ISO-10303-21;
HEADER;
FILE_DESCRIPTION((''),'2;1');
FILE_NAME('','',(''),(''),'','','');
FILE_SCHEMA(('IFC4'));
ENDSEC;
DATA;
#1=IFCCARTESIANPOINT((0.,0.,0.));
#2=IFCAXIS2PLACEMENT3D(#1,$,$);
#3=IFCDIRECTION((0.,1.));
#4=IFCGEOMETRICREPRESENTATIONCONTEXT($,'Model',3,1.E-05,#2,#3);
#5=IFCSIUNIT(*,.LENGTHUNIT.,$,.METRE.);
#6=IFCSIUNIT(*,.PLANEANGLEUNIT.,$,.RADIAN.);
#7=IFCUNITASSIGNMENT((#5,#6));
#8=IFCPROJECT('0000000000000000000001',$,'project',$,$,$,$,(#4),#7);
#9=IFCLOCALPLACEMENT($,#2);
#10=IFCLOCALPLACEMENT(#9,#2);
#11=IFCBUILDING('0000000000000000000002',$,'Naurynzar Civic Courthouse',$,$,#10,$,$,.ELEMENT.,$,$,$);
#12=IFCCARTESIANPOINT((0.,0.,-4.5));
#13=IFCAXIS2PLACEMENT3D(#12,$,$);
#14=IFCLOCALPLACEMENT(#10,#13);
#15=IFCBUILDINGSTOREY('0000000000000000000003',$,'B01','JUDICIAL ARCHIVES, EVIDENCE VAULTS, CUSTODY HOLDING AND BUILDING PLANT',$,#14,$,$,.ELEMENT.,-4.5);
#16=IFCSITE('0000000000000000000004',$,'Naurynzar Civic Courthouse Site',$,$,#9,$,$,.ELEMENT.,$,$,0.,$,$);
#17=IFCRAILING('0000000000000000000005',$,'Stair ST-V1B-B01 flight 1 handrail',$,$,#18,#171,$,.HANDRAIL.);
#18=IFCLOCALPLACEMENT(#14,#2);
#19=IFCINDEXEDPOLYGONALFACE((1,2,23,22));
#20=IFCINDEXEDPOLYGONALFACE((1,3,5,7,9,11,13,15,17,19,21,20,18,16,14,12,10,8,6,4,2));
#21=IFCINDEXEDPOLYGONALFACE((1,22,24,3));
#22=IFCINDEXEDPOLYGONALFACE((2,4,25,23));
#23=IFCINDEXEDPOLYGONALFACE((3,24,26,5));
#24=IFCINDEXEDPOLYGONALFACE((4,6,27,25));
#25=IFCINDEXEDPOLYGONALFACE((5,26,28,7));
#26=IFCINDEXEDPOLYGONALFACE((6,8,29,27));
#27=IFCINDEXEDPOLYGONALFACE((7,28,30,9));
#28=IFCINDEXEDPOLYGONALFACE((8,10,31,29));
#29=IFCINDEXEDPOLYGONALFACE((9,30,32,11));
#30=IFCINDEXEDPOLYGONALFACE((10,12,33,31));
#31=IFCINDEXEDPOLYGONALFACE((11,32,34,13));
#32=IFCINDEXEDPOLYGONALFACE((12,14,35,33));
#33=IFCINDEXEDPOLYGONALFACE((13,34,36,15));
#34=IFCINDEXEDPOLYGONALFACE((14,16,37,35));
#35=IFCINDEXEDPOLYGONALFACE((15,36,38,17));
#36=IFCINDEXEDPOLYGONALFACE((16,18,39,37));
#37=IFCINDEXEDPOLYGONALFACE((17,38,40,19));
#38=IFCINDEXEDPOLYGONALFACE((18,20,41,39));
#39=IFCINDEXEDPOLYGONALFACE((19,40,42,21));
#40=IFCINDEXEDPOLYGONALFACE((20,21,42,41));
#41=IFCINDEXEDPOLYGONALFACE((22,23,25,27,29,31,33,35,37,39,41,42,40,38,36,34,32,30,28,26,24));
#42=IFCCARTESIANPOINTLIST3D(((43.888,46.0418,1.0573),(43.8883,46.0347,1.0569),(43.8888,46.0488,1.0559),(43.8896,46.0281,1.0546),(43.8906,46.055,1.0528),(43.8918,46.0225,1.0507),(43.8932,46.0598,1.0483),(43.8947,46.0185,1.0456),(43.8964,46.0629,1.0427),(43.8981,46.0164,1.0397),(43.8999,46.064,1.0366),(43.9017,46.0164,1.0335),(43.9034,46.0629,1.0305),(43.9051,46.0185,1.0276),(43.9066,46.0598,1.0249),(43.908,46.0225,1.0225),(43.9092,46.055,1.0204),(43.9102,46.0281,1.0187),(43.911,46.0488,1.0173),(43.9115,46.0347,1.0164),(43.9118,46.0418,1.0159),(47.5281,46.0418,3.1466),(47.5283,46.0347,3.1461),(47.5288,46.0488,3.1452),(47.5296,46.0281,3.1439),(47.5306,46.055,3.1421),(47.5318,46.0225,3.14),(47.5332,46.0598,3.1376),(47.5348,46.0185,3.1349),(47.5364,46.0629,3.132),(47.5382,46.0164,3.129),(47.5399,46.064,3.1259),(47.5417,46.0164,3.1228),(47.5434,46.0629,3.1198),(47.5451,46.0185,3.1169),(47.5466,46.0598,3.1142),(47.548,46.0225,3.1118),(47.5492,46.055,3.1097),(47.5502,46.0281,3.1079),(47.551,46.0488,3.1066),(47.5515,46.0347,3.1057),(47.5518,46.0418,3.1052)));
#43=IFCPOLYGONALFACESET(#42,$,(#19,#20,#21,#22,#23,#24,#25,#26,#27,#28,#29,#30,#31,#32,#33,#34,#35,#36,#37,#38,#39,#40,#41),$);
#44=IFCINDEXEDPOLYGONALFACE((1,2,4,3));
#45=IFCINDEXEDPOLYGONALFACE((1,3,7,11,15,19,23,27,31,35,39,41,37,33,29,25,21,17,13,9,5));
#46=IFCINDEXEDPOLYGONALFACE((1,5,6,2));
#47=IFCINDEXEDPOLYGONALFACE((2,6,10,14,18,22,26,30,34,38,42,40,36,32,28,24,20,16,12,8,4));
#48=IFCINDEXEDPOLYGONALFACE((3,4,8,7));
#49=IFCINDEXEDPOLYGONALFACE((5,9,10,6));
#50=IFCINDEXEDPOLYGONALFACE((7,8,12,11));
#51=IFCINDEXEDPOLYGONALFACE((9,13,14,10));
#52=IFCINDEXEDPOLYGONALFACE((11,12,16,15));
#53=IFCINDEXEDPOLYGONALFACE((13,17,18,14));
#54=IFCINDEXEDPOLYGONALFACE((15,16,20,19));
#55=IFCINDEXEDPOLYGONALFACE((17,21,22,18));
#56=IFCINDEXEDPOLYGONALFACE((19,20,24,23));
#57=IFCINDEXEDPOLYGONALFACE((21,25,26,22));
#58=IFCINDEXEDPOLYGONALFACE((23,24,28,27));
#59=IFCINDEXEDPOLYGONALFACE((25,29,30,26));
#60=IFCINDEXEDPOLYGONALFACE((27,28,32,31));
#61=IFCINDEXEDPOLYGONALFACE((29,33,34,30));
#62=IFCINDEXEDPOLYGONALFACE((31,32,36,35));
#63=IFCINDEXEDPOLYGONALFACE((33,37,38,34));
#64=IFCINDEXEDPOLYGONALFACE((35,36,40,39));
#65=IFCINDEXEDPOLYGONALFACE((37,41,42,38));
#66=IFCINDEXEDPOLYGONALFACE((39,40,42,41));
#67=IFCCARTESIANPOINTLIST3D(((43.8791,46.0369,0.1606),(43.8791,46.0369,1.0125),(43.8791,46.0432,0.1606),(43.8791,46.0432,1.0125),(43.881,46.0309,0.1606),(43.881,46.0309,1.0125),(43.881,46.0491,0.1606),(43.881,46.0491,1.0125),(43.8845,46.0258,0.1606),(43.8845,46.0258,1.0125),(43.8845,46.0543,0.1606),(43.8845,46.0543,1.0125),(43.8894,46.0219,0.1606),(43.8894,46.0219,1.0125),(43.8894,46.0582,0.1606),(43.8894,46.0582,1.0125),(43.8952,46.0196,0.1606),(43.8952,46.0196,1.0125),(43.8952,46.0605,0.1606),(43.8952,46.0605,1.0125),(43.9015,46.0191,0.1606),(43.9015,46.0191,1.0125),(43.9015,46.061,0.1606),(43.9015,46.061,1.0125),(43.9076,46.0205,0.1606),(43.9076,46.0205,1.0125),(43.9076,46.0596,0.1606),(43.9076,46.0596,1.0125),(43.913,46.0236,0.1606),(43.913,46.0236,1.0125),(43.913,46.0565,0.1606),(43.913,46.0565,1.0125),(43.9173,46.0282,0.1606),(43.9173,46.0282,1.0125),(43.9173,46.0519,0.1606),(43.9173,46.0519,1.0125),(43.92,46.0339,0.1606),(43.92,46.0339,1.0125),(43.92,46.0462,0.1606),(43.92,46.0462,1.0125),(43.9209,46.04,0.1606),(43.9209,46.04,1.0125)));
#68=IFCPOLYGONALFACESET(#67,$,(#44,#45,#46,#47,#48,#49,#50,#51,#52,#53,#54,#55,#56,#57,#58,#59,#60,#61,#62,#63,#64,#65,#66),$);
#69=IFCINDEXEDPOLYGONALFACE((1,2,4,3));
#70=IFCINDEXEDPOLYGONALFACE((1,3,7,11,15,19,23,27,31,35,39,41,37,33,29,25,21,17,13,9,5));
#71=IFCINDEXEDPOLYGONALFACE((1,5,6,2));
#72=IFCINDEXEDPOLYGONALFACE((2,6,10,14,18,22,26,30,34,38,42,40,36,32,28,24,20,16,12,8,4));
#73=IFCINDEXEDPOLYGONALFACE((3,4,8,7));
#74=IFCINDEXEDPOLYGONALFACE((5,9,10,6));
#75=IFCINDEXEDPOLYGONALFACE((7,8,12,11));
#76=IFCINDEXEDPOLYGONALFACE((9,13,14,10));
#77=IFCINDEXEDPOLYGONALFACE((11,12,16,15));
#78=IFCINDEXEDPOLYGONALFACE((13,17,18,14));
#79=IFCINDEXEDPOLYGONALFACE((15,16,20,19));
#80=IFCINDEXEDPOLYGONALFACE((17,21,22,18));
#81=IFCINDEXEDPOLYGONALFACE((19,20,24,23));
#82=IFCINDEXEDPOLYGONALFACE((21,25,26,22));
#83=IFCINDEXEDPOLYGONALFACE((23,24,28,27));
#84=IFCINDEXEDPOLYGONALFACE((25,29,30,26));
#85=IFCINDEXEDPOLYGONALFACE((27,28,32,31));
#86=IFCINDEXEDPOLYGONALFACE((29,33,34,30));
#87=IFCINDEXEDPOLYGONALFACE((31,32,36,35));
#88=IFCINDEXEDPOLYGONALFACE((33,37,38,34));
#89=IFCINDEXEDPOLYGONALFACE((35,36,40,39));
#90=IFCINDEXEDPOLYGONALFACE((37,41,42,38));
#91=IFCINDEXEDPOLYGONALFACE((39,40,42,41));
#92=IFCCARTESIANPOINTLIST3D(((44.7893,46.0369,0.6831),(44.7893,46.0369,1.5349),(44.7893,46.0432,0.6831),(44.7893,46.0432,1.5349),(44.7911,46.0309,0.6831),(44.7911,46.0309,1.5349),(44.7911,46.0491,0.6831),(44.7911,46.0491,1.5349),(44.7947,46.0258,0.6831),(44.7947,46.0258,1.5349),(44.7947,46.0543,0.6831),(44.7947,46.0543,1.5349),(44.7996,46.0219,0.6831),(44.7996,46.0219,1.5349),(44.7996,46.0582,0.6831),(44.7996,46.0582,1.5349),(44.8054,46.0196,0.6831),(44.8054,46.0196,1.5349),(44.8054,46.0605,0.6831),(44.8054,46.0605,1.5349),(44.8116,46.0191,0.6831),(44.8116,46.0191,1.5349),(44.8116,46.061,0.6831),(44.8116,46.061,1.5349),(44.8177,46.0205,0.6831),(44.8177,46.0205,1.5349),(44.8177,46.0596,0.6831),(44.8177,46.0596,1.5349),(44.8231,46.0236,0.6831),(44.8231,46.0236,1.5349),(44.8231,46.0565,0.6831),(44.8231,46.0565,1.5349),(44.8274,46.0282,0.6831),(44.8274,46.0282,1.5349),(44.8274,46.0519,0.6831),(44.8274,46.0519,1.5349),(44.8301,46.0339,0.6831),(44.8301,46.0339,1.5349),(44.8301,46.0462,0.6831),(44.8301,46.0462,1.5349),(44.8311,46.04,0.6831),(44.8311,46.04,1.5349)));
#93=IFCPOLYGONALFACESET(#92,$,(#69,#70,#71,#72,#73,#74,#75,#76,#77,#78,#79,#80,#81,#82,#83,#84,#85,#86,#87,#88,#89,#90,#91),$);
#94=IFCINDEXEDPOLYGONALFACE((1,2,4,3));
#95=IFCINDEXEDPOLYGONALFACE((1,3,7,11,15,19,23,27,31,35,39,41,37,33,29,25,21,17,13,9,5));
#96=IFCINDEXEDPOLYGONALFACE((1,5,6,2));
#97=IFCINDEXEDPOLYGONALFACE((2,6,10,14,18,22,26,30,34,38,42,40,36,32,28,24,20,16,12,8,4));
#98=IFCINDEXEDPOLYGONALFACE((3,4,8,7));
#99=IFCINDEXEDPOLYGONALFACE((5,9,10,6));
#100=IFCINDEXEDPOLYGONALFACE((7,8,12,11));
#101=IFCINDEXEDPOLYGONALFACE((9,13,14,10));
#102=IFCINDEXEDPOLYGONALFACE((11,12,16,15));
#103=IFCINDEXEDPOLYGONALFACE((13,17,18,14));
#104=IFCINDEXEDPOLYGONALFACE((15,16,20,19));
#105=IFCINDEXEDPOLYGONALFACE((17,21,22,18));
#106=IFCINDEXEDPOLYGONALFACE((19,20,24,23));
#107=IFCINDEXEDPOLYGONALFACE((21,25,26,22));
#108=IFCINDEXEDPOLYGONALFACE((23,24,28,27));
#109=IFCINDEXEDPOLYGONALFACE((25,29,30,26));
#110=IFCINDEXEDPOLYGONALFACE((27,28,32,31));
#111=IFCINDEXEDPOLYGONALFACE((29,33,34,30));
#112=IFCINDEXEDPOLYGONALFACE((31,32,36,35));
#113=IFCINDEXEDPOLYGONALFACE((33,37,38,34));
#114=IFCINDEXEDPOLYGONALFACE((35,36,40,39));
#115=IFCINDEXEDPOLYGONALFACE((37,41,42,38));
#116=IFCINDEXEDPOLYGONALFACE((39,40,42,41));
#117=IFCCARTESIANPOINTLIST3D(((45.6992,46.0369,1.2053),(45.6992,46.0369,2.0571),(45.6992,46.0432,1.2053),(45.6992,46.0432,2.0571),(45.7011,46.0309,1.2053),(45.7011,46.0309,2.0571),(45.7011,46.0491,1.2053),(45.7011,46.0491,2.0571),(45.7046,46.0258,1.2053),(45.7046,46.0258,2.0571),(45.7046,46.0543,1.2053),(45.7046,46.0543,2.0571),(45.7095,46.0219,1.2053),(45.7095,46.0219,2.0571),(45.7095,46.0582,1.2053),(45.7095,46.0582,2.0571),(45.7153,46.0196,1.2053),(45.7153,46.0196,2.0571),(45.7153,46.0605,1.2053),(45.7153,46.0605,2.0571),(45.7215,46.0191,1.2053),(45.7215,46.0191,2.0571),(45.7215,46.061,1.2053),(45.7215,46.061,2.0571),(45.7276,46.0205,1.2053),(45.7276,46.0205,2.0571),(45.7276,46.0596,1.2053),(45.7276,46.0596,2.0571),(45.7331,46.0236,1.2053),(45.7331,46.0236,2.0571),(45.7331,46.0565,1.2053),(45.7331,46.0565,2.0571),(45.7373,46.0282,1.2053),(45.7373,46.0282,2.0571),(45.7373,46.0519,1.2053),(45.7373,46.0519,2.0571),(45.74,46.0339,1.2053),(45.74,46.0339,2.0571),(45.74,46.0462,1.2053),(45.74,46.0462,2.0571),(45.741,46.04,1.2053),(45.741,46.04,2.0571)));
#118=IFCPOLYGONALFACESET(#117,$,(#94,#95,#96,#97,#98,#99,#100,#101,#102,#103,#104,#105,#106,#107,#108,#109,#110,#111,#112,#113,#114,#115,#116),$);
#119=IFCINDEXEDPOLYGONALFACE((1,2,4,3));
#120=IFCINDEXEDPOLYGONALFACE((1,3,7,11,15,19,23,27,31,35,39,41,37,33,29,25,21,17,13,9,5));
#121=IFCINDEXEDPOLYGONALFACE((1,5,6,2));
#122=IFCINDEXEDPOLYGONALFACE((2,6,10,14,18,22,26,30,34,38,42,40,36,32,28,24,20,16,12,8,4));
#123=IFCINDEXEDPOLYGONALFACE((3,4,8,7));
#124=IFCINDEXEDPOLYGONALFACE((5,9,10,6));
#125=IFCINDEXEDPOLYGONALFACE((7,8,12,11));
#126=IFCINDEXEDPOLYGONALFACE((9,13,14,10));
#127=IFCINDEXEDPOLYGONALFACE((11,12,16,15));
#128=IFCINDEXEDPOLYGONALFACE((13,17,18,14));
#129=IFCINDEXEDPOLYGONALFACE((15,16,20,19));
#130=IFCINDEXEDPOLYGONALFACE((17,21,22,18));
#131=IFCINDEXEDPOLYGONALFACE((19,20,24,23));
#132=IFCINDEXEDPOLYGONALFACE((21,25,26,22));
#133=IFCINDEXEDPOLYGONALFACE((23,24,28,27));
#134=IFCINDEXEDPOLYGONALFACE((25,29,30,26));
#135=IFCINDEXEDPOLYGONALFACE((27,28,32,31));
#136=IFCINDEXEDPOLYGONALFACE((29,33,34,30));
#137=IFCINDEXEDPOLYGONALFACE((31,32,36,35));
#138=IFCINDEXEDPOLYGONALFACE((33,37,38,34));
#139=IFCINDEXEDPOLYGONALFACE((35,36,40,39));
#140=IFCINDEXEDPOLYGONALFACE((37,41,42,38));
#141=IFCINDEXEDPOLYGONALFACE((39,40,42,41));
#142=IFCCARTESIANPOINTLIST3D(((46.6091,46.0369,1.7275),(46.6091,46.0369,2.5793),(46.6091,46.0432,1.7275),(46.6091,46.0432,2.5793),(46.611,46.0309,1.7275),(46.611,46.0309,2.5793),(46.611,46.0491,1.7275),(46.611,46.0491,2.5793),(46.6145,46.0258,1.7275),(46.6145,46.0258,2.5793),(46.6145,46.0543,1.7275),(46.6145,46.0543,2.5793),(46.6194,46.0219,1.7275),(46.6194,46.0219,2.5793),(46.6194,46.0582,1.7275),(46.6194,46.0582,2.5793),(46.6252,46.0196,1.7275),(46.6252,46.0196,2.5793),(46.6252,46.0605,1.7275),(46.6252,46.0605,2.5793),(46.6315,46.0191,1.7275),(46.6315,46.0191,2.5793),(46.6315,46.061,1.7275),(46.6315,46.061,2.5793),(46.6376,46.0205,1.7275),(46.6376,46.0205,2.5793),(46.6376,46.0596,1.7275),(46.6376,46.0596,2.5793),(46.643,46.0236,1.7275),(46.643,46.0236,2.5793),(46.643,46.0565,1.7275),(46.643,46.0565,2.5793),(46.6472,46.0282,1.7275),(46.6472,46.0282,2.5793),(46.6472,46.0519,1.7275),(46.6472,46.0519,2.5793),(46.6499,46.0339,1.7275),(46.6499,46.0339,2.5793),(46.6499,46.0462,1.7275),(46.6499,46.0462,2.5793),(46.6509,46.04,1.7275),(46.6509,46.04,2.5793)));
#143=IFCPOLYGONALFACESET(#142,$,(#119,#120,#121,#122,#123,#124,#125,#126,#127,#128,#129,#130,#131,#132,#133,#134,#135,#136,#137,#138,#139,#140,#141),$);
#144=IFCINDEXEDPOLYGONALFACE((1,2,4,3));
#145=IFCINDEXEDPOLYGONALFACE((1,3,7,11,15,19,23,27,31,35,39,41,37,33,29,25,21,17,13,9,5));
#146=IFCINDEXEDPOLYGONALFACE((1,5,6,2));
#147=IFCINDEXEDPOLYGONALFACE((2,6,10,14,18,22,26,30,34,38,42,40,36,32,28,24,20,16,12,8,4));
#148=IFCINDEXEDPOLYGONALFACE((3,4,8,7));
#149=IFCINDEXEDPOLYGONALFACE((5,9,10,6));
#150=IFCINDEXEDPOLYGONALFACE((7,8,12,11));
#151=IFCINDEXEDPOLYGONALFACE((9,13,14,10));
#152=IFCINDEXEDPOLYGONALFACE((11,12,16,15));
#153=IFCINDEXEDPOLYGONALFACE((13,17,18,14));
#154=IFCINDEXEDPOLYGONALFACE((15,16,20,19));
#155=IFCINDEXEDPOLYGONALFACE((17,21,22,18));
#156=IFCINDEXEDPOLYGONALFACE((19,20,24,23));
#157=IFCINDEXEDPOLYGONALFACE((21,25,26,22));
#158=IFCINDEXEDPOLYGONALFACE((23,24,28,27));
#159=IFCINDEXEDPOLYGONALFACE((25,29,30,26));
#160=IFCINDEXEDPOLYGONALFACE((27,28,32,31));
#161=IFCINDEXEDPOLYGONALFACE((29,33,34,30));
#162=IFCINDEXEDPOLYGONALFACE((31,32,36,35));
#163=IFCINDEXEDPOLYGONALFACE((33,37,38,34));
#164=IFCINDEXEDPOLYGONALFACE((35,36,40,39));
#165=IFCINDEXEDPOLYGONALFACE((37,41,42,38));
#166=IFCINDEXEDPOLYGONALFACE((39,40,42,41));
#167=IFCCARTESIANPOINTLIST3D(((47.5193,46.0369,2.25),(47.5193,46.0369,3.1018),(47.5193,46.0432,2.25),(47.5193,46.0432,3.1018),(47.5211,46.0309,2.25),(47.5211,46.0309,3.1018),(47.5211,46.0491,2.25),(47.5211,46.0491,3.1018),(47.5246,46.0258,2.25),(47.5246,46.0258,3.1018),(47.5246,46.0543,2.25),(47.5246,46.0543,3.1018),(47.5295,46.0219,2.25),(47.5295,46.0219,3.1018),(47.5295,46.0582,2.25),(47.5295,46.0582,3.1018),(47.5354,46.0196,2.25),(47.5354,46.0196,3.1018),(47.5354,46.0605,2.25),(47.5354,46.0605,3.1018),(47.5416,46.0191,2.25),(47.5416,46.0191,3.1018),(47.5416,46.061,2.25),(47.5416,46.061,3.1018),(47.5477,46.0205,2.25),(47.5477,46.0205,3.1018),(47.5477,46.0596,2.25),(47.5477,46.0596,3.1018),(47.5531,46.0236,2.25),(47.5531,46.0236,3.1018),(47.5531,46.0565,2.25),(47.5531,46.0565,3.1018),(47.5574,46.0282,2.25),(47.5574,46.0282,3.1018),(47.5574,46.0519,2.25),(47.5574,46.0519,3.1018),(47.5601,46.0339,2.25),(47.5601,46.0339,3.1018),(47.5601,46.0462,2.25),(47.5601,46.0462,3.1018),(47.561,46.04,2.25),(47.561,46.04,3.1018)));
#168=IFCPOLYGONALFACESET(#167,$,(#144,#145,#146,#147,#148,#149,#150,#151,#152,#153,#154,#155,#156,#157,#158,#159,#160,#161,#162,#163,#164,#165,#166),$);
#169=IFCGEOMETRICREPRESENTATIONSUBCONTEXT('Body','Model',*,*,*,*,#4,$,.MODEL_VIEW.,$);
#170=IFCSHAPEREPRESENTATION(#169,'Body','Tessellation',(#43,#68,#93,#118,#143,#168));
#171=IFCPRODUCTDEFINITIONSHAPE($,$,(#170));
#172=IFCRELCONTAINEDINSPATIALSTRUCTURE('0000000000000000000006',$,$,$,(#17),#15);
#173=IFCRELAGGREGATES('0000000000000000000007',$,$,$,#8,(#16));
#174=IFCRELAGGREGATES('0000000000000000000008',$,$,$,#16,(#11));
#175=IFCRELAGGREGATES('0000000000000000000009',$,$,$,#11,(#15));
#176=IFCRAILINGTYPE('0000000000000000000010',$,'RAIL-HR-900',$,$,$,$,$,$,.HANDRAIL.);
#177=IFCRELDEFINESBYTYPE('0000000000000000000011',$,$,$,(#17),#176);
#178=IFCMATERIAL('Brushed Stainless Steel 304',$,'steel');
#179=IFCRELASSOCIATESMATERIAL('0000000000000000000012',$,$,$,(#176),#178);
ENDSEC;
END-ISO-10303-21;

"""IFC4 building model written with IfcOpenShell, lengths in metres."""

from ifc_helpers import new_model, si_unit, direction, frame, origin, origin_2d, place, context, subcontext, project, spatial, circle, extrude, material, type_object, element, save


model = new_model("IFC4")

# Units and contexts
model_context = context("Model", 3, precision=1e-05, world=origin(), true_north=direction((0.0, 1.0)))
body_context = subcontext(model_context, "Body", "Model", "MODEL_VIEW")
ifc_project = project(units=[si_unit("LENGTHUNIT", "METRE"), si_unit("PLANEANGLEUNIT", "RADIAN")], contexts=[model_context])

# Site, building, storey
site_placement = place(None, origin())
site = spatial("IfcSite", under=ifc_project, at=site_placement, Name="Naurynzar Civic Courthouse Site", CompositionType="ELEMENT", RefElevation=0.0)
building_placement = place(site_placement, origin())
building = spatial("IfcBuilding", under=site, at=building_placement, Name="Naurynzar Civic Courthouse", CompositionType="ELEMENT")
storey_placement = place(building_placement, frame((0.0, 0.0, -4.5)))
storey = spatial("IfcBuildingStorey", under=building, at=storey_placement, Name="B01", Description="JUDICIAL ARCHIVES, EVIDENCE VAULTS, CUSTODY HOLDING AND BUILDING PLANT", CompositionType="ELEMENT", Elevation=-4.5)

# Railing
ifc_material_1 = material(Name="Brushed Stainless Steel 304", Category="steel")
railing_type_1 = type_object("IfcRailingType", Name="RAIL-HR-900", PredefinedType="HANDRAIL", material=ifc_material_1)
railing_1_placement = place(storey_placement, frame((43.8999, 46.04, 0.1606)))
element("IfcRailing", 1, at=railing_1_placement, inside=storey, type_object=railing_type_1, Name="Stair ST-V1B-B01 flight 1 handrail", PredefinedType="HANDRAIL", context=body_context, shape_type="SweptSolid", body=[
    extrude(circle(Radius=0.0239, at=origin_2d()), frame((0.0, 0.0, 0.876), z_axis=(0.867289, 0.0, 0.497804), x_axis=(0.0, 1.0, 0.0)), (0.0, 0.0, 1.0), 4.197),
    extrude(circle(Radius=0.021, at=origin_2d()), origin(), (0.0, 0.0, 1.0), 0.8518),
    extrude(circle(Radius=0.021, at=origin_2d()), frame((0.9102, 0.0, 0.5225)), (0.0, 0.0, 1.0), 0.8518),
    extrude(circle(Radius=0.021, at=origin_2d()), frame((1.8201, 0.0, 1.0447)), (0.0, 0.0, 1.0), 0.8518),
    extrude(circle(Radius=0.021, at=origin_2d()), frame((2.73, 0.0, 1.5669)), (0.0, 0.0, 1.0), 0.8518),
    extrude(circle(Radius=0.021, at=origin_2d()), frame((3.6401, 0.0, 2.0894)), (0.0, 0.0, 1.0), 0.8518),
])

save(model, "model.ifc")
